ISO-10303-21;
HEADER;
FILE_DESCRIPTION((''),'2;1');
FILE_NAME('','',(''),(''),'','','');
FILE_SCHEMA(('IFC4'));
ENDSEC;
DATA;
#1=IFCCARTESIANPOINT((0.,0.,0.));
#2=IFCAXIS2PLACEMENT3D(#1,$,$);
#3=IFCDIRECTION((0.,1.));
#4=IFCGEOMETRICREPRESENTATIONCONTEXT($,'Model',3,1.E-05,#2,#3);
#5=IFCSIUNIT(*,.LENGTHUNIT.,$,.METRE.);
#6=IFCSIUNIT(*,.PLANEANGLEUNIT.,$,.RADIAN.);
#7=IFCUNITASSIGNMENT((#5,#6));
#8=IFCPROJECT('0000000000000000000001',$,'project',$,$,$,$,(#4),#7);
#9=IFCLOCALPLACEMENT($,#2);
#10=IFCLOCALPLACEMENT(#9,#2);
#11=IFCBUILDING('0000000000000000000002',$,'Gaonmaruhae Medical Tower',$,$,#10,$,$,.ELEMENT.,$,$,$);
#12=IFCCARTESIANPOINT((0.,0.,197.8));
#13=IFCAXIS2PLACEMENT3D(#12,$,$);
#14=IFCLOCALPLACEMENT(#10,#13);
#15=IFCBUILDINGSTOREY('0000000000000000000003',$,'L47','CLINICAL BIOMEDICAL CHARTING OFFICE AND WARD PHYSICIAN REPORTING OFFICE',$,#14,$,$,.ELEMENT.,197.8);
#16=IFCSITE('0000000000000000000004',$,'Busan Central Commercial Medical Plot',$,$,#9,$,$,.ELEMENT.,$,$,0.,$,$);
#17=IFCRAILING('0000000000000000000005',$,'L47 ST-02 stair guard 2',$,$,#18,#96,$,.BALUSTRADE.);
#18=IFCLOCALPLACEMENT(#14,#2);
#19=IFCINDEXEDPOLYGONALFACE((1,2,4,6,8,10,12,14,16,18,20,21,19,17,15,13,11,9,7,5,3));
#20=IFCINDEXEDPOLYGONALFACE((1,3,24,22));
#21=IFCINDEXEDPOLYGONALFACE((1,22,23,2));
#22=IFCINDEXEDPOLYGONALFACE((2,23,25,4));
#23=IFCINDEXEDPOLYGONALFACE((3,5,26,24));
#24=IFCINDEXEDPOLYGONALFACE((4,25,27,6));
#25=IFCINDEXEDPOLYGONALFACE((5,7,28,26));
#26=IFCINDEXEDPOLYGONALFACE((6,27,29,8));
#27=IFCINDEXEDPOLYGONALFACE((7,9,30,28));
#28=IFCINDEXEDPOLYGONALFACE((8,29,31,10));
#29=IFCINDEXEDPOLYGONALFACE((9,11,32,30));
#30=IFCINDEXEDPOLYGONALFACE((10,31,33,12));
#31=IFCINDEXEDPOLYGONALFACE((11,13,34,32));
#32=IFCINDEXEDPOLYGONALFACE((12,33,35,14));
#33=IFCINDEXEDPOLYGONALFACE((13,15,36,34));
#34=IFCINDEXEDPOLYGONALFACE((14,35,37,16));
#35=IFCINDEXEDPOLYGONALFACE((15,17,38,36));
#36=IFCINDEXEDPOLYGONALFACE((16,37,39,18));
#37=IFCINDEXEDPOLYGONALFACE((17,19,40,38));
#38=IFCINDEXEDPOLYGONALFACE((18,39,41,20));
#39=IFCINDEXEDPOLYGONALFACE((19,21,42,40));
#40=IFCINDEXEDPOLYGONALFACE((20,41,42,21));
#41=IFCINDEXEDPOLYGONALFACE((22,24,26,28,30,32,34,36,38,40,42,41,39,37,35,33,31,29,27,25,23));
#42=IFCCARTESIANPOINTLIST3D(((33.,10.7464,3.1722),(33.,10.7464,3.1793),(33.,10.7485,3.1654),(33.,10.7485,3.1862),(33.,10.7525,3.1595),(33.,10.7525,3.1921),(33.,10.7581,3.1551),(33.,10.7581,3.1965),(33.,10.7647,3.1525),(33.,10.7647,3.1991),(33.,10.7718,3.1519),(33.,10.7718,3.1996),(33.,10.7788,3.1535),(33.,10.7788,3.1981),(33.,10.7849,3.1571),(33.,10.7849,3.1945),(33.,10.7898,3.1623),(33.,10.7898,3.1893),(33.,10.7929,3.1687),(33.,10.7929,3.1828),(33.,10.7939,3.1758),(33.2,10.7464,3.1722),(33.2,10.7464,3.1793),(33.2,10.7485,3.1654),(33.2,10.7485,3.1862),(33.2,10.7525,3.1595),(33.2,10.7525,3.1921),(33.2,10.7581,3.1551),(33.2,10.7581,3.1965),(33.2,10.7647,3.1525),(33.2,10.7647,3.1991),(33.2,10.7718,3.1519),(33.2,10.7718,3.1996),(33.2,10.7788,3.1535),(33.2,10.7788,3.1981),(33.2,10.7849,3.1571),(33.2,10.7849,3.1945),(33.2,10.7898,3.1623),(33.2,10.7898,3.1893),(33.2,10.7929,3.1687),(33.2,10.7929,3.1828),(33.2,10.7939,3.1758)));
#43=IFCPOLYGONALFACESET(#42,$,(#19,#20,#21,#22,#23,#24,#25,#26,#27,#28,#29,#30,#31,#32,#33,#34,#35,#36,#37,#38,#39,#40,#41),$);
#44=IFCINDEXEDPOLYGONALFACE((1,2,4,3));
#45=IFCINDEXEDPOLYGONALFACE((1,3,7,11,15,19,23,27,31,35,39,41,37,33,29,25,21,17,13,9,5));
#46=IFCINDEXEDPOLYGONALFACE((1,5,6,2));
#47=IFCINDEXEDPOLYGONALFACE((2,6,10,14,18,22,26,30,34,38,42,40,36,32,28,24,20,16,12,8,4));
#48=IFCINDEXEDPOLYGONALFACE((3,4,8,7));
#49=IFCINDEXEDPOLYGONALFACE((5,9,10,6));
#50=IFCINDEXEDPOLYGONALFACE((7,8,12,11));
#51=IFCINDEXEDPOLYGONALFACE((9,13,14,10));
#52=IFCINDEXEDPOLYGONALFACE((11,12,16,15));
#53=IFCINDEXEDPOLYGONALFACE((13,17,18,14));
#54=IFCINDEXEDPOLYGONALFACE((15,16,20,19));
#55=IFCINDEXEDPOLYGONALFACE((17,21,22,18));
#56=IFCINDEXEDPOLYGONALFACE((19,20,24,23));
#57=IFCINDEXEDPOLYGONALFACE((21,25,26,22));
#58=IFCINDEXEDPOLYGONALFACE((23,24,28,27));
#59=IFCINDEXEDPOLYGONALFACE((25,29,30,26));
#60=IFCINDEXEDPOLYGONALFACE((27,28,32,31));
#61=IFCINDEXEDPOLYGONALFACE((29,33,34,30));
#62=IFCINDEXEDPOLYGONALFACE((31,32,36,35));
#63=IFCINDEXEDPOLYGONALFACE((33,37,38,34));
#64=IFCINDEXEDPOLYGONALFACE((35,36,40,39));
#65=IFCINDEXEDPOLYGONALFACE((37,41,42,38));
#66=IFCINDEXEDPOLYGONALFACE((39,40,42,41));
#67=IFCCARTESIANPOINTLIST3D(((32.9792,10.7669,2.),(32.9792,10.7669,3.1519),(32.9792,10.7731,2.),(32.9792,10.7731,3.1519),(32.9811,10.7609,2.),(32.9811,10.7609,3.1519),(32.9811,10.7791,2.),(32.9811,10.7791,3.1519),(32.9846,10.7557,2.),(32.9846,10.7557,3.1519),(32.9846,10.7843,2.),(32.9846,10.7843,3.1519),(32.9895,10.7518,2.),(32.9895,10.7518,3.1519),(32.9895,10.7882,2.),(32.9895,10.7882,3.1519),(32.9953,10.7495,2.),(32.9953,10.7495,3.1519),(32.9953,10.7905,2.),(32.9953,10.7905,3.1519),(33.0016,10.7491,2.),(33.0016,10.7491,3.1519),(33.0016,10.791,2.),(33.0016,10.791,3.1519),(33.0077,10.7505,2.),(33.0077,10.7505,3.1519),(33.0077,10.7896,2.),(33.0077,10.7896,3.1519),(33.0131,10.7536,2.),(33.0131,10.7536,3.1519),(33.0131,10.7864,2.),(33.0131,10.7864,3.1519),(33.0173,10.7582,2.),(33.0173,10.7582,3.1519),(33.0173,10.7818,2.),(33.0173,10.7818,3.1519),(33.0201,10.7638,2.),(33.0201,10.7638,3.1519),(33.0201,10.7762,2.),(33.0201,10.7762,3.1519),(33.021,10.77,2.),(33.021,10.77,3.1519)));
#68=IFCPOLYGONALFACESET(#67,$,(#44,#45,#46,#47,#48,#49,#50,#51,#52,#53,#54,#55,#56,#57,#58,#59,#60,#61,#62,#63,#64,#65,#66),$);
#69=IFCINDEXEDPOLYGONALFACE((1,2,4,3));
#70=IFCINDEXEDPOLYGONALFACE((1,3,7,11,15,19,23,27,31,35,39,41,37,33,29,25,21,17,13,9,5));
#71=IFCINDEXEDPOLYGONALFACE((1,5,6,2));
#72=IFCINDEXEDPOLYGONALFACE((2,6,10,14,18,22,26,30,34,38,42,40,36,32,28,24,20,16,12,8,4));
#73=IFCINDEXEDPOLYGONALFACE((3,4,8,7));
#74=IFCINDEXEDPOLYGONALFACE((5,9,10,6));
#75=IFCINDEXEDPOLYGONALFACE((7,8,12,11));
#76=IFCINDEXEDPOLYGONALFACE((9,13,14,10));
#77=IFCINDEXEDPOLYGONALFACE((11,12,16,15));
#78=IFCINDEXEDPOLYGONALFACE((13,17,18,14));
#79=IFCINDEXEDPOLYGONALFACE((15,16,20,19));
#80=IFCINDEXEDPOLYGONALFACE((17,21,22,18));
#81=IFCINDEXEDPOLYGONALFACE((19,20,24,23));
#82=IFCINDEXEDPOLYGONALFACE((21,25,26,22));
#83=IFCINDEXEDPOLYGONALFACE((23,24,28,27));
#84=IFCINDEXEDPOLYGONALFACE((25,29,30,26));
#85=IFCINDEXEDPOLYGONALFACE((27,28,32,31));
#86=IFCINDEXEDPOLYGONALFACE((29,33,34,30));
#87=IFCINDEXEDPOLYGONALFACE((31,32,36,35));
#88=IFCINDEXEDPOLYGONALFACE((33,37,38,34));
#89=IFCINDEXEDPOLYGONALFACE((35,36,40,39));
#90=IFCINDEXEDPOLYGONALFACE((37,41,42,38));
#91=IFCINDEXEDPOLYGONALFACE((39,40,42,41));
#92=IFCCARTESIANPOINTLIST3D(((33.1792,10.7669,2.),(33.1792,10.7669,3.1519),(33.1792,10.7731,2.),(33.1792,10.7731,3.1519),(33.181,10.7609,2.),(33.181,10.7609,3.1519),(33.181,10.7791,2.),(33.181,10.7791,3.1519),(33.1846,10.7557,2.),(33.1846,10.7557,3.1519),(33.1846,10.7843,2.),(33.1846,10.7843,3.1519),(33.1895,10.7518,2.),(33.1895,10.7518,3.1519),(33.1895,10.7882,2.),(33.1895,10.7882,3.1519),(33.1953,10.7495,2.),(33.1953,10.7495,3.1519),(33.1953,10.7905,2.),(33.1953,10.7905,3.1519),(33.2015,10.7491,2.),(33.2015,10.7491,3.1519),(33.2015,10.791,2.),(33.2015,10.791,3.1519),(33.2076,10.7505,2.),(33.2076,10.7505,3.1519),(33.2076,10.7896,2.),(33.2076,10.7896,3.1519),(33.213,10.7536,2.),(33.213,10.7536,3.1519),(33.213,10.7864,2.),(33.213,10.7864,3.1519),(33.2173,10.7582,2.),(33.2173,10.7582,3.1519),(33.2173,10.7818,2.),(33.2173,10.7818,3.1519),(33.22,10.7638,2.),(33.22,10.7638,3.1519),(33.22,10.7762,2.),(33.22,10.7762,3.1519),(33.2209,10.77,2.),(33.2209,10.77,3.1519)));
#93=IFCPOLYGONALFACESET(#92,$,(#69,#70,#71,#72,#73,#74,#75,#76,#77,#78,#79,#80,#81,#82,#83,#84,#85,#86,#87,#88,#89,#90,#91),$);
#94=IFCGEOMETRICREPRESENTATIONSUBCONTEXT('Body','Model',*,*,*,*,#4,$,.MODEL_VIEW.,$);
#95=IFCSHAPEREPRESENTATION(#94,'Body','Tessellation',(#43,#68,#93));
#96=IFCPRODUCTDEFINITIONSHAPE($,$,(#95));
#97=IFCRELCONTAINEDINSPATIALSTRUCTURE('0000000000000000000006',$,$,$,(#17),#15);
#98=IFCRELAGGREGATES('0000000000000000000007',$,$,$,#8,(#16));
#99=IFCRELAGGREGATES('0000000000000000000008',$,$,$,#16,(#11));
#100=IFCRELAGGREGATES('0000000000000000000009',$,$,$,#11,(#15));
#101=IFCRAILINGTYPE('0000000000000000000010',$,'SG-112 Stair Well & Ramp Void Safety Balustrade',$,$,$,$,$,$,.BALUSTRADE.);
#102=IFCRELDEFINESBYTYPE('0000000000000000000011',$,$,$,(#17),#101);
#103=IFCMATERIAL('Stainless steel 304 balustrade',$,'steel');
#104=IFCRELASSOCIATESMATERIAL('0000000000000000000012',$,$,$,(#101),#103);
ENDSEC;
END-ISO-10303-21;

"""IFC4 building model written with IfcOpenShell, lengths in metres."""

from ifc_helpers import new_model, si_unit, direction, frame, origin, origin_2d, place, context, subcontext, project, spatial, circle, extrude, material, type_object, element, save


model = new_model("IFC4")

# Units and contexts
model_context = context("Model", 3, precision=1e-05, world=origin(), true_north=direction((0.0, 1.0)))
body_context = subcontext(model_context, "Body", "Model", "MODEL_VIEW")
ifc_project = project(units=[si_unit("LENGTHUNIT", "METRE"), si_unit("PLANEANGLEUNIT", "RADIAN")], contexts=[model_context])

# Site, building, storey
site_placement = place(None, origin())
site = spatial("IfcSite", under=ifc_project, at=site_placement, Name="Busan Central Commercial Medical Plot", CompositionType="ELEMENT", RefElevation=0.0)
building_placement = place(site_placement, origin())
building = spatial("IfcBuilding", under=site, at=building_placement, Name="Gaonmaruhae Medical Tower", CompositionType="ELEMENT")
storey_placement = place(building_placement, frame((0.0, 0.0, 197.8)))
storey = spatial("IfcBuildingStorey", under=building, at=storey_placement, Name="L47", Description="CLINICAL BIOMEDICAL CHARTING OFFICE AND WARD PHYSICIAN REPORTING OFFICE", CompositionType="ELEMENT", Elevation=197.8)

# Railing
ifc_material_1 = material(Name="Stainless steel 304 balustrade", Category="steel")
railing_type_1 = type_object("IfcRailingType", Name="SG-112 Stair Well & Ramp Void Safety Balustrade", PredefinedType="BALUSTRADE", material=ifc_material_1)
railing_1_placement = place(storey_placement, frame((33.0, 10.77, 2.0)))
element("IfcRailing", 1, at=railing_1_placement, inside=storey, type_object=railing_type_1, Name="L47 ST-02 stair guard 2", PredefinedType="BALUSTRADE", context=body_context, shape_type="SweptSolid", body=[
    extrude(circle(Radius=0.0239, at=origin_2d()), frame((0.0, 0.0, 1.1758), z_axis=(1.0, 0.0, 0.0), x_axis=(0.0, 1.0, 0.0)), (0.0, 0.0, 1.0), 0.2),
    extrude(circle(Radius=0.021, at=origin_2d()), origin(), (0.0, 0.0, 1.0), 1.1519),
    extrude(circle(Radius=0.021, at=origin_2d()), frame((0.2, 0.0, 0.0)), (0.0, 0.0, 1.0), 1.1519),
])

save(model, "model.ifc")
